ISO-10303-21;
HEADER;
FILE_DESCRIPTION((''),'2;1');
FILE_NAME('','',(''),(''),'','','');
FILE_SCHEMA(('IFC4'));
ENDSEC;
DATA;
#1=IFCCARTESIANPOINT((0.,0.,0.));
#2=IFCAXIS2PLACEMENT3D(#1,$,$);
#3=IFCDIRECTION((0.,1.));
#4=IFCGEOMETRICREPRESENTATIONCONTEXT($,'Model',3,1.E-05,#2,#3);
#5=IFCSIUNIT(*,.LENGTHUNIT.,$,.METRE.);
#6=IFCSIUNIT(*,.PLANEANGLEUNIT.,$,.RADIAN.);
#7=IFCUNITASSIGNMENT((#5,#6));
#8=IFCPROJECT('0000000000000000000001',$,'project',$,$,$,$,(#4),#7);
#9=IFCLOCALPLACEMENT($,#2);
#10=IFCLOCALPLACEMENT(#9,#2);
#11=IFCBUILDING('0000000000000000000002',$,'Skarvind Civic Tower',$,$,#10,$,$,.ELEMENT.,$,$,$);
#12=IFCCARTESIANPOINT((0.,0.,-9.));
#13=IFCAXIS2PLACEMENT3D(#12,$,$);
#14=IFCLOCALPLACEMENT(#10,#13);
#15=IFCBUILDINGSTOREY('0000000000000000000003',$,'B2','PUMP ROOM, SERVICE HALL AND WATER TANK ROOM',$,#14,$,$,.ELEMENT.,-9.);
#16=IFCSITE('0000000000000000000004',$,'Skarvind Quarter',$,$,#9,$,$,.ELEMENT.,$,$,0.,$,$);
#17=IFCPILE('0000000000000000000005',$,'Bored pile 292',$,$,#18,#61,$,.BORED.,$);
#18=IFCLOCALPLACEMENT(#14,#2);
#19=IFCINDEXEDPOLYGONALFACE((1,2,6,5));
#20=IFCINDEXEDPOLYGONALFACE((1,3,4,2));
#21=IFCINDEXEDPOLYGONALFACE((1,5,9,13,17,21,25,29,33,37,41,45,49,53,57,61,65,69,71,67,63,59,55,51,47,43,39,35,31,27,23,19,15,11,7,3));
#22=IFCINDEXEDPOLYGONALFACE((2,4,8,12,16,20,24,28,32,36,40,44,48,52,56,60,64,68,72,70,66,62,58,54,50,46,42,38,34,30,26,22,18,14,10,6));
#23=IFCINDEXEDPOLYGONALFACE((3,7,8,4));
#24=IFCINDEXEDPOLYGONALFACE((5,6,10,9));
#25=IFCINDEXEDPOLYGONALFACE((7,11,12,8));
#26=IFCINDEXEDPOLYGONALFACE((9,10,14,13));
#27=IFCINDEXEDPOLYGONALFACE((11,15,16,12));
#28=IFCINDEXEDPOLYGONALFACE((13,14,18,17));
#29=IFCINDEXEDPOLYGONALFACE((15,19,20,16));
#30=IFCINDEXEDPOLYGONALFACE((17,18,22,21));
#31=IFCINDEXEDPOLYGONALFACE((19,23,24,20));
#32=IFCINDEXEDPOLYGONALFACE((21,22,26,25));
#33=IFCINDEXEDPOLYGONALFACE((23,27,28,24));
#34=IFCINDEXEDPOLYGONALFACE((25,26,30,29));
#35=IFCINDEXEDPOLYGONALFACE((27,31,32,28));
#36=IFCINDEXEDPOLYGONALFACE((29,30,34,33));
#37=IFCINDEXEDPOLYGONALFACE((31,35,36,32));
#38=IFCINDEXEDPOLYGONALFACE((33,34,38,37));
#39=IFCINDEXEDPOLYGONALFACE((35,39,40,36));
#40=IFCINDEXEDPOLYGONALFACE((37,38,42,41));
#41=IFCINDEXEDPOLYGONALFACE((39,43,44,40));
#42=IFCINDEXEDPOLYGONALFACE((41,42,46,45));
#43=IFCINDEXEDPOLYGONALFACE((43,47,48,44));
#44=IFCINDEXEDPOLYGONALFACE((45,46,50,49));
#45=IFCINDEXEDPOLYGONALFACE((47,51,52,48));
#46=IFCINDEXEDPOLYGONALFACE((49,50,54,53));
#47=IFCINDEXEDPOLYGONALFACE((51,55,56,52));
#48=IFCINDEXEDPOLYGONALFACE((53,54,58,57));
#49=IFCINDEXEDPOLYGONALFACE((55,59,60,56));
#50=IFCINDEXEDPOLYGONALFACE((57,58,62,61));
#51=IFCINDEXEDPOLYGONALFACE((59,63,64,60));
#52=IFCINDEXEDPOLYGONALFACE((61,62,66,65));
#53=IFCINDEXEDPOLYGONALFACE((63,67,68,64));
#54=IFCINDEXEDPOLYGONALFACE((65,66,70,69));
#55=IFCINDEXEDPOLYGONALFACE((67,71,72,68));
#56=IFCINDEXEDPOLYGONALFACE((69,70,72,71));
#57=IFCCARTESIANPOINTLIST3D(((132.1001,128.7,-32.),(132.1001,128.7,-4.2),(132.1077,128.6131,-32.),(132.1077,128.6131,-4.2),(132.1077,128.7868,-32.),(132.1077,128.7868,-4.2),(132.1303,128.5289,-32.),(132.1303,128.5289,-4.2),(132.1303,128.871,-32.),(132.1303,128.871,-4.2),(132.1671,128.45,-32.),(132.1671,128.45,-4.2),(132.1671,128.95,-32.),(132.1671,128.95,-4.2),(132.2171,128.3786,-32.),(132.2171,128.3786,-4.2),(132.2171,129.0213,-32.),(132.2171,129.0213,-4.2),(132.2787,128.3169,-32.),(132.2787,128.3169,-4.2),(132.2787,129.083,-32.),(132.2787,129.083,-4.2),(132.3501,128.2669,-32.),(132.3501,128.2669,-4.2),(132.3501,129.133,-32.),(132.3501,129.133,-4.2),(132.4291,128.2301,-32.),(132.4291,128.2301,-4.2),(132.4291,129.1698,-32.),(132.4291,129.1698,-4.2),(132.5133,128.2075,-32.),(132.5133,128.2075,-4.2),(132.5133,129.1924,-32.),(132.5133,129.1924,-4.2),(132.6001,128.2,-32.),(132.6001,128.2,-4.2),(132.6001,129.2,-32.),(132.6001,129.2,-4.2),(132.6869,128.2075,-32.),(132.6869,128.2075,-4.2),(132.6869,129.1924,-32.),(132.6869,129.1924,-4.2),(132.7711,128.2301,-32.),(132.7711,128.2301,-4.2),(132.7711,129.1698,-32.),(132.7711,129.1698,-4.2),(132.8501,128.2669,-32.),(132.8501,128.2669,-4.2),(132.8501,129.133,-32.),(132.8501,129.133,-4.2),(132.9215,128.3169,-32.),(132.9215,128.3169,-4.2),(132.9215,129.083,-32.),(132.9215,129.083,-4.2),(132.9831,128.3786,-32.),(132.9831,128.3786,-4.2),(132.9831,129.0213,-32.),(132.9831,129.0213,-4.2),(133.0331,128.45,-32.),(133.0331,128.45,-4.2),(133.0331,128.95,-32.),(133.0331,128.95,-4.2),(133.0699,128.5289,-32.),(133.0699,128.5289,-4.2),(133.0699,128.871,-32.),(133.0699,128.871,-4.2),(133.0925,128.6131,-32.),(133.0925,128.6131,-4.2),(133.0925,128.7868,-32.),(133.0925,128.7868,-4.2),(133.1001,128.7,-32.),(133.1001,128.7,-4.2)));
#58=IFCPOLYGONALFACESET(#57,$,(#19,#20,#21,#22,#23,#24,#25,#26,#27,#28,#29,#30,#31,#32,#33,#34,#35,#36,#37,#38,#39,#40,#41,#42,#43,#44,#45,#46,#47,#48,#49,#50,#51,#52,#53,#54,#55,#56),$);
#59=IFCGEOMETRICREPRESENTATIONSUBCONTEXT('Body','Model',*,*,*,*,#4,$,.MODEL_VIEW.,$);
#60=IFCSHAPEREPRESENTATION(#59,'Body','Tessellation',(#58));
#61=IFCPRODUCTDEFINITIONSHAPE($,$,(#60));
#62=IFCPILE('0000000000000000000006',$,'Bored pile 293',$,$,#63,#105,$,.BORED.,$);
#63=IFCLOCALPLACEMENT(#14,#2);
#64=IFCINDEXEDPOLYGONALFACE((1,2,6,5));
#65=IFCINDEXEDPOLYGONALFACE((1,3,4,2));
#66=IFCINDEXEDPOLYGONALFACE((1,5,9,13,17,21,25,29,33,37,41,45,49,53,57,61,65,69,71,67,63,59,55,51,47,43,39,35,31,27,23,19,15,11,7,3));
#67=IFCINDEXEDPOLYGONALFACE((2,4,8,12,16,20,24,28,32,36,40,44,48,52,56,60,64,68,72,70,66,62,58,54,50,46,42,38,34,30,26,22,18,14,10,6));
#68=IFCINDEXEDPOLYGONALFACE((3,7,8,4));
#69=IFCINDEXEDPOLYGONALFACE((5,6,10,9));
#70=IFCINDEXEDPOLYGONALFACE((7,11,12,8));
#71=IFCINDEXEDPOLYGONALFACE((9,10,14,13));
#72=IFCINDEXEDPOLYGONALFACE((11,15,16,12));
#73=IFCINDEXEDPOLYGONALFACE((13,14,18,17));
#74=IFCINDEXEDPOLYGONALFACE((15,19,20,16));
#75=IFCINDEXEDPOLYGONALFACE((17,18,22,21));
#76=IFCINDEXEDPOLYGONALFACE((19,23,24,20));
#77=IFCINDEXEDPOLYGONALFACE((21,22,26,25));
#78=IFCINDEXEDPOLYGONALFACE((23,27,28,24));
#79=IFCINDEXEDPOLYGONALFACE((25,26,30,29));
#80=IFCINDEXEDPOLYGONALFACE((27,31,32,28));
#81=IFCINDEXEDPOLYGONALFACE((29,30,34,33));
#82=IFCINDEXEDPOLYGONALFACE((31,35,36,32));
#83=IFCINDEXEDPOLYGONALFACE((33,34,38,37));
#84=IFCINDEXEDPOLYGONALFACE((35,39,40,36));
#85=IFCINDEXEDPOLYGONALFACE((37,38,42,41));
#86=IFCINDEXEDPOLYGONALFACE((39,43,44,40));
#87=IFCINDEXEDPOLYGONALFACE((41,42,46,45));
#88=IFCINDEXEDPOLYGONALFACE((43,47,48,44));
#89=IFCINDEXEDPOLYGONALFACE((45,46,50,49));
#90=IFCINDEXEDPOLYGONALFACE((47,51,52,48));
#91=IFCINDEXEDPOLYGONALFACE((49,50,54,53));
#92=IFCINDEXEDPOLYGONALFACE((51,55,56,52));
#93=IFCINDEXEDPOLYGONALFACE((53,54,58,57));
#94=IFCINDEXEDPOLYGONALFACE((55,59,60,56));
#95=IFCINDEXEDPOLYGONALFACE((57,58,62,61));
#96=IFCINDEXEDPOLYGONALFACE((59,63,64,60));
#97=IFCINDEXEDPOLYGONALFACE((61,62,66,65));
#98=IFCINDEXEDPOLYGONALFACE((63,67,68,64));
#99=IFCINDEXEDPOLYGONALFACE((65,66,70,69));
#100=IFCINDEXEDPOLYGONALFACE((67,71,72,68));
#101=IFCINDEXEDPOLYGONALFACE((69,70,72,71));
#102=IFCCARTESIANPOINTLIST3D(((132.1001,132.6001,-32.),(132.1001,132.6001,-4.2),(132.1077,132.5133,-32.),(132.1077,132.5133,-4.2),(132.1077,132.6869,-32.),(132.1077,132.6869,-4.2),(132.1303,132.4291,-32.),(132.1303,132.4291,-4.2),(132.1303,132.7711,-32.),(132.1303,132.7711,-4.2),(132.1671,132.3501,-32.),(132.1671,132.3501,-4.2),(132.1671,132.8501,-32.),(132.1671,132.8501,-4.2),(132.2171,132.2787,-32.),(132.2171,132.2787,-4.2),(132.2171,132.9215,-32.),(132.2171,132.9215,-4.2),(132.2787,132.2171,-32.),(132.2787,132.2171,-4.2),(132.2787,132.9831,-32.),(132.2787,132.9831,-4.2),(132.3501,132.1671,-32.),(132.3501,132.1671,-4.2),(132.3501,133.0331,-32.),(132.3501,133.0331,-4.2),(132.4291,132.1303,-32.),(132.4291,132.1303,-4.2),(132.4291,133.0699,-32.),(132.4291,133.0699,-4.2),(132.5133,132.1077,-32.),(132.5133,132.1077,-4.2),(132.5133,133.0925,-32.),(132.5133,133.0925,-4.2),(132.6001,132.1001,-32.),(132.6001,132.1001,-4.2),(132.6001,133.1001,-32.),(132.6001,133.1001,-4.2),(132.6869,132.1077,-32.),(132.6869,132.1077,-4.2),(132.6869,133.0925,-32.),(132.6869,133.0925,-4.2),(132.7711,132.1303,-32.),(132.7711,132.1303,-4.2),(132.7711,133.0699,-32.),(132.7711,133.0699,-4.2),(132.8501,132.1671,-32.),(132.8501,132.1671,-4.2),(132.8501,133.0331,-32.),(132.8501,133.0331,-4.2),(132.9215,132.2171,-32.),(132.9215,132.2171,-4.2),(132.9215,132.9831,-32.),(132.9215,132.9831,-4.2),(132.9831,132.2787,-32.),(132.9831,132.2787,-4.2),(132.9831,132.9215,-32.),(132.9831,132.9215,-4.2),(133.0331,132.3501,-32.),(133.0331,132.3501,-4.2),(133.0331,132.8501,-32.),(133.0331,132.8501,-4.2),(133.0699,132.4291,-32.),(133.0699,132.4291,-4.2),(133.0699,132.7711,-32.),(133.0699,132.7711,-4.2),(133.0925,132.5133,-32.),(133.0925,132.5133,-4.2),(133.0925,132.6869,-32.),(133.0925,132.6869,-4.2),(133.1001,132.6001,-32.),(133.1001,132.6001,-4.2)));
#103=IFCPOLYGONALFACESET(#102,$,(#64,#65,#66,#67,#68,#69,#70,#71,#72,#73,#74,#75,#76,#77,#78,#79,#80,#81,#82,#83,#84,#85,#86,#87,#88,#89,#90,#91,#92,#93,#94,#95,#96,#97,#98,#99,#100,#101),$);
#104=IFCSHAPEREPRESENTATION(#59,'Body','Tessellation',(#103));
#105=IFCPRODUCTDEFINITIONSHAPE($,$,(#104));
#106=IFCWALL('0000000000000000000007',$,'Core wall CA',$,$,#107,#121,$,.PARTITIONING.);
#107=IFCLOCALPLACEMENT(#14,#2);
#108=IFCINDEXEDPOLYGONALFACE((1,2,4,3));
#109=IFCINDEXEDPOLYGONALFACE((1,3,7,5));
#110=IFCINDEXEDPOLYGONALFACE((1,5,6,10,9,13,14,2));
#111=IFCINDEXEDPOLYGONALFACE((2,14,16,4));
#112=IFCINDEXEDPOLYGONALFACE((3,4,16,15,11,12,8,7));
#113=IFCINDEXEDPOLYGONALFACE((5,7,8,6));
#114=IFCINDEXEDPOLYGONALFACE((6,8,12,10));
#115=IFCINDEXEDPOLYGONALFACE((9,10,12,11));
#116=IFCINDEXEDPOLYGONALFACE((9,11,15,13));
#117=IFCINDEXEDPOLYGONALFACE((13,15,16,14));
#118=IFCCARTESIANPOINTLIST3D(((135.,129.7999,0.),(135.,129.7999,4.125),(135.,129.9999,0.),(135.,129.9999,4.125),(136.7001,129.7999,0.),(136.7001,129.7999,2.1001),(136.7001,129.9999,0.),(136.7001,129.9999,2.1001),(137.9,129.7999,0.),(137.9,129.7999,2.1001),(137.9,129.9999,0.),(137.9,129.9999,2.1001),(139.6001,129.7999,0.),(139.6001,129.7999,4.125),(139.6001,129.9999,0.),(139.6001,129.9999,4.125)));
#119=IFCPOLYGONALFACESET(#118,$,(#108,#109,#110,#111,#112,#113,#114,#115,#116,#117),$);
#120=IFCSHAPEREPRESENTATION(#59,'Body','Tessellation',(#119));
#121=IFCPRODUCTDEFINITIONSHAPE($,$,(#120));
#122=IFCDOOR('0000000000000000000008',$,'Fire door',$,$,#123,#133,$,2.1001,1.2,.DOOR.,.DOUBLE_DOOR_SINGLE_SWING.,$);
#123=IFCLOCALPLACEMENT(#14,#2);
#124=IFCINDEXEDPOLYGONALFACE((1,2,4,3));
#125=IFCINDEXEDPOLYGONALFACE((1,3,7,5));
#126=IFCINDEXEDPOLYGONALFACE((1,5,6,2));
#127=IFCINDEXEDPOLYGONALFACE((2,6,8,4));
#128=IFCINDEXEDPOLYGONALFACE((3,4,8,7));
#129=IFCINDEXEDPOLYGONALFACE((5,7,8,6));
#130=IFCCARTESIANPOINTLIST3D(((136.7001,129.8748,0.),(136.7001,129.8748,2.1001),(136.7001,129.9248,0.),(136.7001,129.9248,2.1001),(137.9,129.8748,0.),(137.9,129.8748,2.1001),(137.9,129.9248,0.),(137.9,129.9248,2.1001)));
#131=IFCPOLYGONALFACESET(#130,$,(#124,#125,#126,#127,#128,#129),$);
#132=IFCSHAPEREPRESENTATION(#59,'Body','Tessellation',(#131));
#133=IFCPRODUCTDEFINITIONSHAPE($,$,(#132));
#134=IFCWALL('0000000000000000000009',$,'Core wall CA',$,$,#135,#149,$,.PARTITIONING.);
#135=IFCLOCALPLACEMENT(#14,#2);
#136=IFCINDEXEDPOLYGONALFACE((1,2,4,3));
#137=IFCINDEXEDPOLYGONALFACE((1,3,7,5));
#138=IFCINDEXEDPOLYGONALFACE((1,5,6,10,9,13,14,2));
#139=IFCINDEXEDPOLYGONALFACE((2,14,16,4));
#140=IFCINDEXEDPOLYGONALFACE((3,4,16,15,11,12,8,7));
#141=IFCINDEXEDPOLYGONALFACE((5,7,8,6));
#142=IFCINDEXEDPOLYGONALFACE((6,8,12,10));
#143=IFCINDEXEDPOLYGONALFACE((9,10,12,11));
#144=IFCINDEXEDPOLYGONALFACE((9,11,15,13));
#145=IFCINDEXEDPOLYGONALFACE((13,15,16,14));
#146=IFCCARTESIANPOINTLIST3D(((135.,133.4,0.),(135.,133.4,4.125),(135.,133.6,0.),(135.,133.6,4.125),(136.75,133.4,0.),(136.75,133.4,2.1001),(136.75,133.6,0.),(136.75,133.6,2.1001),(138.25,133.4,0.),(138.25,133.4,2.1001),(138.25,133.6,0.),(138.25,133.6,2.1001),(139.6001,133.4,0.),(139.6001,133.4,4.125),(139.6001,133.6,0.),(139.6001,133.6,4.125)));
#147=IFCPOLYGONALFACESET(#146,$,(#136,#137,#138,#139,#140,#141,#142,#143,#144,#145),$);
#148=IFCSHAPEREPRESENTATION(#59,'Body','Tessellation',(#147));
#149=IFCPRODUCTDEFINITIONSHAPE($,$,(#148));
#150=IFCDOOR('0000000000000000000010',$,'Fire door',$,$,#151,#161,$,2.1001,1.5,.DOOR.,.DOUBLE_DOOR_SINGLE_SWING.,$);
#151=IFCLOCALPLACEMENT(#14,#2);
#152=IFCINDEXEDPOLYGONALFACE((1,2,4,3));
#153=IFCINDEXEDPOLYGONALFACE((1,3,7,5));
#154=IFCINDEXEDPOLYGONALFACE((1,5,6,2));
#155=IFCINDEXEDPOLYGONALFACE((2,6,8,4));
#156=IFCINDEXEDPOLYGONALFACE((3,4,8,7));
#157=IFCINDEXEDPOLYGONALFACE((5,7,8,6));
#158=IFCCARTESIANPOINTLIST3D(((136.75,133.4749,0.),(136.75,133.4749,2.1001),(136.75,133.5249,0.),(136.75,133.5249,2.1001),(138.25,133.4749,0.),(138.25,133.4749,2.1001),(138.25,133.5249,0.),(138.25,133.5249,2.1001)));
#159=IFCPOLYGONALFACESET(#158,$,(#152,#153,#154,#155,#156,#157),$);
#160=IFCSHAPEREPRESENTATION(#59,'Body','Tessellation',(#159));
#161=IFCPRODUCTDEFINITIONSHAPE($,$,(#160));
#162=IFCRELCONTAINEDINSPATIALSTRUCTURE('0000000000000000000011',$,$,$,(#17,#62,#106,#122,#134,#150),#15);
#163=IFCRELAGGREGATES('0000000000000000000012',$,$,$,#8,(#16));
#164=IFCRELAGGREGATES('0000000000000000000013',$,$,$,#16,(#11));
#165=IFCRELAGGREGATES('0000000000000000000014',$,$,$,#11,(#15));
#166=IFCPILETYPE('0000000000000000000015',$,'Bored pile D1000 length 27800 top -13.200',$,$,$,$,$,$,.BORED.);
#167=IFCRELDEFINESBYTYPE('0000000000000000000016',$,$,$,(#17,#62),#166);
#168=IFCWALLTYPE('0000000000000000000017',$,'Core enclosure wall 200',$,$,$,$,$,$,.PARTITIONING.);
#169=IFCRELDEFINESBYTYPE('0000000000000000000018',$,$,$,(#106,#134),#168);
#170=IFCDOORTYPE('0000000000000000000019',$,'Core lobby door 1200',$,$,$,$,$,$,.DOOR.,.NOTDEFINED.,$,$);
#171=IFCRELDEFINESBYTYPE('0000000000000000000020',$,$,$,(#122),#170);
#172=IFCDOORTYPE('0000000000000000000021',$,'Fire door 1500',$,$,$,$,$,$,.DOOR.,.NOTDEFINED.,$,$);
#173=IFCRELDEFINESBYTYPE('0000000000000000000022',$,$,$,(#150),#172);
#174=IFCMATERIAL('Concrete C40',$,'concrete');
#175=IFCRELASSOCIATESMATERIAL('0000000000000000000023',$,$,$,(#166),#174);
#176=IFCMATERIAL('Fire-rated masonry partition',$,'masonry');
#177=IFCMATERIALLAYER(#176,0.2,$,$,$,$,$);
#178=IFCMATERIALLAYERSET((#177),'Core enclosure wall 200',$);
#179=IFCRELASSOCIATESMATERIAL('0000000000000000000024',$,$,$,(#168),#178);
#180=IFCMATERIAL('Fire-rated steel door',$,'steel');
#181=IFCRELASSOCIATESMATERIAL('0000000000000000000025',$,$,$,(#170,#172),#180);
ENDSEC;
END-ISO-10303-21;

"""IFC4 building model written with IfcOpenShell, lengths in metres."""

from ifc_helpers import new_model, si_unit, direction, frame, frame_2d, origin, origin_2d, place, context, subcontext, project, spatial, rectangle, circle, extrude, material, layer, layer_set, type_object, element, fill, save


model = new_model("IFC4")

# Units and contexts
model_context = context("Model", 3, precision=1e-05, world=origin(), true_north=direction((0.0, 1.0)))
body_context = subcontext(model_context, "Body", "Model", "MODEL_VIEW")
ifc_project = project(units=[si_unit("LENGTHUNIT", "METRE"), si_unit("PLANEANGLEUNIT", "RADIAN")], contexts=[model_context])

# Site, building, storey
site_placement = place(None, origin())
site = spatial("IfcSite", under=ifc_project, at=site_placement, Name="Skarvind Quarter", CompositionType="ELEMENT", RefElevation=0.0)
building_placement = place(site_placement, origin())
building = spatial("IfcBuilding", under=site, at=building_placement, Name="Skarvind Civic Tower", CompositionType="ELEMENT")
storey_placement = place(building_placement, frame((0.0, 0.0, -9.0)))
storey = spatial("IfcBuildingStorey", under=building, at=storey_placement, Name="B2", Description="PUMP ROOM, SERVICE HALL AND WATER TANK ROOM", CompositionType="ELEMENT", Elevation=-9.0)

# Piles
ifc_material_1 = material(Name="Concrete C40", Category="concrete")
pile_type = type_object("IfcPileType", Name="Bored pile D1000 length 27800 top -13.200", PredefinedType="BORED", material=ifc_material_1)
for number, where, z_axis, x_axis, name in (
    (1, (132.6001, 128.7, -4.2), (0.0, 0.0, -1.0), (1.0, 0.0, 0.0), "Bored pile 292"),
    (2, (132.6001, 132.6001, -4.2), (0.0, 0.0, -1.0), (1.0, 0.0, 0.0), "Bored pile 293"),
):
    element("IfcPile", number, at=place(storey_placement, frame(where, z_axis=z_axis, x_axis=x_axis)), inside=storey, type_object=pile_type, Name=name, PredefinedType="BORED", context=body_context, shape_type="SweptSolid", body=[
        extrude(circle(Radius=0.5, at=origin_2d()), origin(), (0.0, 0.0, 1.0), 27.8),
    ])

# Walls, openings, doors
ifc_material_2 = material(Name="Fire-rated masonry partition", Category="masonry")
ifc_layer_1 = layer(ifc_material_2, 0.2)
ifc_layer_set_1 = layer_set([ifc_layer_1], Name="Core enclosure wall 200")
wall_type_1 = type_object("IfcWallType", Name="Core enclosure wall 200", PredefinedType="PARTITIONING", material=ifc_layer_set_1)
wall_1_placement = place(storey_placement, frame((135.0, 129.8999, 0.0), z_axis=(0.0, 0.0, 1.0), x_axis=(1.0, 0.0, 0.0)))
wall_1 = element("IfcWall", 3, at=wall_1_placement, inside=storey, type_object=wall_type_1, Name="Core wall CA", PredefinedType="PARTITIONING", context=body_context, shape_type="SweptSolid", body=[
    extrude(rectangle(XDim=4.6001, YDim=0.2, at=frame_2d((2.3, 0.0))), origin(), (0.0, 0.0, 1.0), 4.125),
])
opening_1_placement = place(wall_1_placement, frame((1.7, 0.0, 0.0)))
opening_1 = element("IfcOpeningElement", 4, at=opening_1_placement, cuts=wall_1, PredefinedType="OPENING", context=body_context, shape_type="SweptSolid", body=[
    extrude(rectangle(XDim=1.2, YDim=2.1001, at=frame_2d((0.6001, 1.05))), frame((0.0, 0.1099, 0.0), z_axis=(0.0, -1.0, 0.0), x_axis=(1.0, 0.0, 0.0)), (0.0, 0.0, 1.0), 0.22),
])
ifc_material_3 = material(Name="Fire-rated steel door", Category="steel")
door_type_1 = type_object("IfcDoorType", Name="Core lobby door 1200", OperationType="NOTDEFINED", PredefinedType="DOOR", material=ifc_material_3)
door_1_placement = place(opening_1_placement, origin())
door_1 = element("IfcDoor", 5, at=door_1_placement, inside=storey, type_object=door_type_1, Name="Fire door", OperationType="DOUBLE_DOOR_SINGLE_SWING", OverallHeight=2.1001, OverallWidth=1.2, PredefinedType="DOOR", context=body_context, shape_type="SweptSolid", body=[
    extrude(rectangle(XDim=1.2, YDim=2.1001, at=frame_2d((0.6001, 1.05))), frame((0.0, 0.0249, 0.0), z_axis=(0.0, -1.0, 0.0), x_axis=(1.0, 0.0, 0.0)), (0.0, 0.0, 1.0), 0.05),
])
fill(opening_1, door_1)
wall_2_placement = place(storey_placement, frame((135.0, 133.5, 0.0), z_axis=(0.0, 0.0, 1.0), x_axis=(1.0, 0.0, 0.0)))
wall_2 = element("IfcWall", 6, at=wall_2_placement, inside=storey, type_object=wall_type_1, Name="Core wall CA", PredefinedType="PARTITIONING", context=body_context, shape_type="SweptSolid", body=[
    extrude(rectangle(XDim=4.6001, YDim=0.2, at=frame_2d((2.3, 0.0))), origin(), (0.0, 0.0, 1.0), 4.125),
])
opening_2_placement = place(wall_2_placement, frame((1.75, 0.0, 0.0)))
opening_2 = element("IfcOpeningElement", 7, at=opening_2_placement, cuts=wall_2, PredefinedType="OPENING", context=body_context, shape_type="SweptSolid", body=[
    extrude(rectangle(XDim=1.5, YDim=2.1001, at=frame_2d((0.75, 1.05))), frame((0.0, 0.1099, 0.0), z_axis=(0.0, -1.0, 0.0), x_axis=(1.0, 0.0, 0.0)), (0.0, 0.0, 1.0), 0.22),
])
door_type_2 = type_object("IfcDoorType", Name="Fire door 1500", OperationType="NOTDEFINED", PredefinedType="DOOR", material=ifc_material_3)
door_2_placement = place(opening_2_placement, origin())
door_2 = element("IfcDoor", 8, at=door_2_placement, inside=storey, type_object=door_type_2, Name="Fire door", OperationType="DOUBLE_DOOR_SINGLE_SWING", OverallHeight=2.1001, OverallWidth=1.5, PredefinedType="DOOR", context=body_context, shape_type="SweptSolid", body=[
    extrude(rectangle(XDim=1.5, YDim=2.1001, at=frame_2d((0.75, 1.05))), frame((0.0, 0.0249, 0.0), z_axis=(0.0, -1.0, 0.0), x_axis=(1.0, 0.0, 0.0)), (0.0, 0.0, 1.0), 0.05),
])
fill(opening_2, door_2)

save(model, "model.ifc")
